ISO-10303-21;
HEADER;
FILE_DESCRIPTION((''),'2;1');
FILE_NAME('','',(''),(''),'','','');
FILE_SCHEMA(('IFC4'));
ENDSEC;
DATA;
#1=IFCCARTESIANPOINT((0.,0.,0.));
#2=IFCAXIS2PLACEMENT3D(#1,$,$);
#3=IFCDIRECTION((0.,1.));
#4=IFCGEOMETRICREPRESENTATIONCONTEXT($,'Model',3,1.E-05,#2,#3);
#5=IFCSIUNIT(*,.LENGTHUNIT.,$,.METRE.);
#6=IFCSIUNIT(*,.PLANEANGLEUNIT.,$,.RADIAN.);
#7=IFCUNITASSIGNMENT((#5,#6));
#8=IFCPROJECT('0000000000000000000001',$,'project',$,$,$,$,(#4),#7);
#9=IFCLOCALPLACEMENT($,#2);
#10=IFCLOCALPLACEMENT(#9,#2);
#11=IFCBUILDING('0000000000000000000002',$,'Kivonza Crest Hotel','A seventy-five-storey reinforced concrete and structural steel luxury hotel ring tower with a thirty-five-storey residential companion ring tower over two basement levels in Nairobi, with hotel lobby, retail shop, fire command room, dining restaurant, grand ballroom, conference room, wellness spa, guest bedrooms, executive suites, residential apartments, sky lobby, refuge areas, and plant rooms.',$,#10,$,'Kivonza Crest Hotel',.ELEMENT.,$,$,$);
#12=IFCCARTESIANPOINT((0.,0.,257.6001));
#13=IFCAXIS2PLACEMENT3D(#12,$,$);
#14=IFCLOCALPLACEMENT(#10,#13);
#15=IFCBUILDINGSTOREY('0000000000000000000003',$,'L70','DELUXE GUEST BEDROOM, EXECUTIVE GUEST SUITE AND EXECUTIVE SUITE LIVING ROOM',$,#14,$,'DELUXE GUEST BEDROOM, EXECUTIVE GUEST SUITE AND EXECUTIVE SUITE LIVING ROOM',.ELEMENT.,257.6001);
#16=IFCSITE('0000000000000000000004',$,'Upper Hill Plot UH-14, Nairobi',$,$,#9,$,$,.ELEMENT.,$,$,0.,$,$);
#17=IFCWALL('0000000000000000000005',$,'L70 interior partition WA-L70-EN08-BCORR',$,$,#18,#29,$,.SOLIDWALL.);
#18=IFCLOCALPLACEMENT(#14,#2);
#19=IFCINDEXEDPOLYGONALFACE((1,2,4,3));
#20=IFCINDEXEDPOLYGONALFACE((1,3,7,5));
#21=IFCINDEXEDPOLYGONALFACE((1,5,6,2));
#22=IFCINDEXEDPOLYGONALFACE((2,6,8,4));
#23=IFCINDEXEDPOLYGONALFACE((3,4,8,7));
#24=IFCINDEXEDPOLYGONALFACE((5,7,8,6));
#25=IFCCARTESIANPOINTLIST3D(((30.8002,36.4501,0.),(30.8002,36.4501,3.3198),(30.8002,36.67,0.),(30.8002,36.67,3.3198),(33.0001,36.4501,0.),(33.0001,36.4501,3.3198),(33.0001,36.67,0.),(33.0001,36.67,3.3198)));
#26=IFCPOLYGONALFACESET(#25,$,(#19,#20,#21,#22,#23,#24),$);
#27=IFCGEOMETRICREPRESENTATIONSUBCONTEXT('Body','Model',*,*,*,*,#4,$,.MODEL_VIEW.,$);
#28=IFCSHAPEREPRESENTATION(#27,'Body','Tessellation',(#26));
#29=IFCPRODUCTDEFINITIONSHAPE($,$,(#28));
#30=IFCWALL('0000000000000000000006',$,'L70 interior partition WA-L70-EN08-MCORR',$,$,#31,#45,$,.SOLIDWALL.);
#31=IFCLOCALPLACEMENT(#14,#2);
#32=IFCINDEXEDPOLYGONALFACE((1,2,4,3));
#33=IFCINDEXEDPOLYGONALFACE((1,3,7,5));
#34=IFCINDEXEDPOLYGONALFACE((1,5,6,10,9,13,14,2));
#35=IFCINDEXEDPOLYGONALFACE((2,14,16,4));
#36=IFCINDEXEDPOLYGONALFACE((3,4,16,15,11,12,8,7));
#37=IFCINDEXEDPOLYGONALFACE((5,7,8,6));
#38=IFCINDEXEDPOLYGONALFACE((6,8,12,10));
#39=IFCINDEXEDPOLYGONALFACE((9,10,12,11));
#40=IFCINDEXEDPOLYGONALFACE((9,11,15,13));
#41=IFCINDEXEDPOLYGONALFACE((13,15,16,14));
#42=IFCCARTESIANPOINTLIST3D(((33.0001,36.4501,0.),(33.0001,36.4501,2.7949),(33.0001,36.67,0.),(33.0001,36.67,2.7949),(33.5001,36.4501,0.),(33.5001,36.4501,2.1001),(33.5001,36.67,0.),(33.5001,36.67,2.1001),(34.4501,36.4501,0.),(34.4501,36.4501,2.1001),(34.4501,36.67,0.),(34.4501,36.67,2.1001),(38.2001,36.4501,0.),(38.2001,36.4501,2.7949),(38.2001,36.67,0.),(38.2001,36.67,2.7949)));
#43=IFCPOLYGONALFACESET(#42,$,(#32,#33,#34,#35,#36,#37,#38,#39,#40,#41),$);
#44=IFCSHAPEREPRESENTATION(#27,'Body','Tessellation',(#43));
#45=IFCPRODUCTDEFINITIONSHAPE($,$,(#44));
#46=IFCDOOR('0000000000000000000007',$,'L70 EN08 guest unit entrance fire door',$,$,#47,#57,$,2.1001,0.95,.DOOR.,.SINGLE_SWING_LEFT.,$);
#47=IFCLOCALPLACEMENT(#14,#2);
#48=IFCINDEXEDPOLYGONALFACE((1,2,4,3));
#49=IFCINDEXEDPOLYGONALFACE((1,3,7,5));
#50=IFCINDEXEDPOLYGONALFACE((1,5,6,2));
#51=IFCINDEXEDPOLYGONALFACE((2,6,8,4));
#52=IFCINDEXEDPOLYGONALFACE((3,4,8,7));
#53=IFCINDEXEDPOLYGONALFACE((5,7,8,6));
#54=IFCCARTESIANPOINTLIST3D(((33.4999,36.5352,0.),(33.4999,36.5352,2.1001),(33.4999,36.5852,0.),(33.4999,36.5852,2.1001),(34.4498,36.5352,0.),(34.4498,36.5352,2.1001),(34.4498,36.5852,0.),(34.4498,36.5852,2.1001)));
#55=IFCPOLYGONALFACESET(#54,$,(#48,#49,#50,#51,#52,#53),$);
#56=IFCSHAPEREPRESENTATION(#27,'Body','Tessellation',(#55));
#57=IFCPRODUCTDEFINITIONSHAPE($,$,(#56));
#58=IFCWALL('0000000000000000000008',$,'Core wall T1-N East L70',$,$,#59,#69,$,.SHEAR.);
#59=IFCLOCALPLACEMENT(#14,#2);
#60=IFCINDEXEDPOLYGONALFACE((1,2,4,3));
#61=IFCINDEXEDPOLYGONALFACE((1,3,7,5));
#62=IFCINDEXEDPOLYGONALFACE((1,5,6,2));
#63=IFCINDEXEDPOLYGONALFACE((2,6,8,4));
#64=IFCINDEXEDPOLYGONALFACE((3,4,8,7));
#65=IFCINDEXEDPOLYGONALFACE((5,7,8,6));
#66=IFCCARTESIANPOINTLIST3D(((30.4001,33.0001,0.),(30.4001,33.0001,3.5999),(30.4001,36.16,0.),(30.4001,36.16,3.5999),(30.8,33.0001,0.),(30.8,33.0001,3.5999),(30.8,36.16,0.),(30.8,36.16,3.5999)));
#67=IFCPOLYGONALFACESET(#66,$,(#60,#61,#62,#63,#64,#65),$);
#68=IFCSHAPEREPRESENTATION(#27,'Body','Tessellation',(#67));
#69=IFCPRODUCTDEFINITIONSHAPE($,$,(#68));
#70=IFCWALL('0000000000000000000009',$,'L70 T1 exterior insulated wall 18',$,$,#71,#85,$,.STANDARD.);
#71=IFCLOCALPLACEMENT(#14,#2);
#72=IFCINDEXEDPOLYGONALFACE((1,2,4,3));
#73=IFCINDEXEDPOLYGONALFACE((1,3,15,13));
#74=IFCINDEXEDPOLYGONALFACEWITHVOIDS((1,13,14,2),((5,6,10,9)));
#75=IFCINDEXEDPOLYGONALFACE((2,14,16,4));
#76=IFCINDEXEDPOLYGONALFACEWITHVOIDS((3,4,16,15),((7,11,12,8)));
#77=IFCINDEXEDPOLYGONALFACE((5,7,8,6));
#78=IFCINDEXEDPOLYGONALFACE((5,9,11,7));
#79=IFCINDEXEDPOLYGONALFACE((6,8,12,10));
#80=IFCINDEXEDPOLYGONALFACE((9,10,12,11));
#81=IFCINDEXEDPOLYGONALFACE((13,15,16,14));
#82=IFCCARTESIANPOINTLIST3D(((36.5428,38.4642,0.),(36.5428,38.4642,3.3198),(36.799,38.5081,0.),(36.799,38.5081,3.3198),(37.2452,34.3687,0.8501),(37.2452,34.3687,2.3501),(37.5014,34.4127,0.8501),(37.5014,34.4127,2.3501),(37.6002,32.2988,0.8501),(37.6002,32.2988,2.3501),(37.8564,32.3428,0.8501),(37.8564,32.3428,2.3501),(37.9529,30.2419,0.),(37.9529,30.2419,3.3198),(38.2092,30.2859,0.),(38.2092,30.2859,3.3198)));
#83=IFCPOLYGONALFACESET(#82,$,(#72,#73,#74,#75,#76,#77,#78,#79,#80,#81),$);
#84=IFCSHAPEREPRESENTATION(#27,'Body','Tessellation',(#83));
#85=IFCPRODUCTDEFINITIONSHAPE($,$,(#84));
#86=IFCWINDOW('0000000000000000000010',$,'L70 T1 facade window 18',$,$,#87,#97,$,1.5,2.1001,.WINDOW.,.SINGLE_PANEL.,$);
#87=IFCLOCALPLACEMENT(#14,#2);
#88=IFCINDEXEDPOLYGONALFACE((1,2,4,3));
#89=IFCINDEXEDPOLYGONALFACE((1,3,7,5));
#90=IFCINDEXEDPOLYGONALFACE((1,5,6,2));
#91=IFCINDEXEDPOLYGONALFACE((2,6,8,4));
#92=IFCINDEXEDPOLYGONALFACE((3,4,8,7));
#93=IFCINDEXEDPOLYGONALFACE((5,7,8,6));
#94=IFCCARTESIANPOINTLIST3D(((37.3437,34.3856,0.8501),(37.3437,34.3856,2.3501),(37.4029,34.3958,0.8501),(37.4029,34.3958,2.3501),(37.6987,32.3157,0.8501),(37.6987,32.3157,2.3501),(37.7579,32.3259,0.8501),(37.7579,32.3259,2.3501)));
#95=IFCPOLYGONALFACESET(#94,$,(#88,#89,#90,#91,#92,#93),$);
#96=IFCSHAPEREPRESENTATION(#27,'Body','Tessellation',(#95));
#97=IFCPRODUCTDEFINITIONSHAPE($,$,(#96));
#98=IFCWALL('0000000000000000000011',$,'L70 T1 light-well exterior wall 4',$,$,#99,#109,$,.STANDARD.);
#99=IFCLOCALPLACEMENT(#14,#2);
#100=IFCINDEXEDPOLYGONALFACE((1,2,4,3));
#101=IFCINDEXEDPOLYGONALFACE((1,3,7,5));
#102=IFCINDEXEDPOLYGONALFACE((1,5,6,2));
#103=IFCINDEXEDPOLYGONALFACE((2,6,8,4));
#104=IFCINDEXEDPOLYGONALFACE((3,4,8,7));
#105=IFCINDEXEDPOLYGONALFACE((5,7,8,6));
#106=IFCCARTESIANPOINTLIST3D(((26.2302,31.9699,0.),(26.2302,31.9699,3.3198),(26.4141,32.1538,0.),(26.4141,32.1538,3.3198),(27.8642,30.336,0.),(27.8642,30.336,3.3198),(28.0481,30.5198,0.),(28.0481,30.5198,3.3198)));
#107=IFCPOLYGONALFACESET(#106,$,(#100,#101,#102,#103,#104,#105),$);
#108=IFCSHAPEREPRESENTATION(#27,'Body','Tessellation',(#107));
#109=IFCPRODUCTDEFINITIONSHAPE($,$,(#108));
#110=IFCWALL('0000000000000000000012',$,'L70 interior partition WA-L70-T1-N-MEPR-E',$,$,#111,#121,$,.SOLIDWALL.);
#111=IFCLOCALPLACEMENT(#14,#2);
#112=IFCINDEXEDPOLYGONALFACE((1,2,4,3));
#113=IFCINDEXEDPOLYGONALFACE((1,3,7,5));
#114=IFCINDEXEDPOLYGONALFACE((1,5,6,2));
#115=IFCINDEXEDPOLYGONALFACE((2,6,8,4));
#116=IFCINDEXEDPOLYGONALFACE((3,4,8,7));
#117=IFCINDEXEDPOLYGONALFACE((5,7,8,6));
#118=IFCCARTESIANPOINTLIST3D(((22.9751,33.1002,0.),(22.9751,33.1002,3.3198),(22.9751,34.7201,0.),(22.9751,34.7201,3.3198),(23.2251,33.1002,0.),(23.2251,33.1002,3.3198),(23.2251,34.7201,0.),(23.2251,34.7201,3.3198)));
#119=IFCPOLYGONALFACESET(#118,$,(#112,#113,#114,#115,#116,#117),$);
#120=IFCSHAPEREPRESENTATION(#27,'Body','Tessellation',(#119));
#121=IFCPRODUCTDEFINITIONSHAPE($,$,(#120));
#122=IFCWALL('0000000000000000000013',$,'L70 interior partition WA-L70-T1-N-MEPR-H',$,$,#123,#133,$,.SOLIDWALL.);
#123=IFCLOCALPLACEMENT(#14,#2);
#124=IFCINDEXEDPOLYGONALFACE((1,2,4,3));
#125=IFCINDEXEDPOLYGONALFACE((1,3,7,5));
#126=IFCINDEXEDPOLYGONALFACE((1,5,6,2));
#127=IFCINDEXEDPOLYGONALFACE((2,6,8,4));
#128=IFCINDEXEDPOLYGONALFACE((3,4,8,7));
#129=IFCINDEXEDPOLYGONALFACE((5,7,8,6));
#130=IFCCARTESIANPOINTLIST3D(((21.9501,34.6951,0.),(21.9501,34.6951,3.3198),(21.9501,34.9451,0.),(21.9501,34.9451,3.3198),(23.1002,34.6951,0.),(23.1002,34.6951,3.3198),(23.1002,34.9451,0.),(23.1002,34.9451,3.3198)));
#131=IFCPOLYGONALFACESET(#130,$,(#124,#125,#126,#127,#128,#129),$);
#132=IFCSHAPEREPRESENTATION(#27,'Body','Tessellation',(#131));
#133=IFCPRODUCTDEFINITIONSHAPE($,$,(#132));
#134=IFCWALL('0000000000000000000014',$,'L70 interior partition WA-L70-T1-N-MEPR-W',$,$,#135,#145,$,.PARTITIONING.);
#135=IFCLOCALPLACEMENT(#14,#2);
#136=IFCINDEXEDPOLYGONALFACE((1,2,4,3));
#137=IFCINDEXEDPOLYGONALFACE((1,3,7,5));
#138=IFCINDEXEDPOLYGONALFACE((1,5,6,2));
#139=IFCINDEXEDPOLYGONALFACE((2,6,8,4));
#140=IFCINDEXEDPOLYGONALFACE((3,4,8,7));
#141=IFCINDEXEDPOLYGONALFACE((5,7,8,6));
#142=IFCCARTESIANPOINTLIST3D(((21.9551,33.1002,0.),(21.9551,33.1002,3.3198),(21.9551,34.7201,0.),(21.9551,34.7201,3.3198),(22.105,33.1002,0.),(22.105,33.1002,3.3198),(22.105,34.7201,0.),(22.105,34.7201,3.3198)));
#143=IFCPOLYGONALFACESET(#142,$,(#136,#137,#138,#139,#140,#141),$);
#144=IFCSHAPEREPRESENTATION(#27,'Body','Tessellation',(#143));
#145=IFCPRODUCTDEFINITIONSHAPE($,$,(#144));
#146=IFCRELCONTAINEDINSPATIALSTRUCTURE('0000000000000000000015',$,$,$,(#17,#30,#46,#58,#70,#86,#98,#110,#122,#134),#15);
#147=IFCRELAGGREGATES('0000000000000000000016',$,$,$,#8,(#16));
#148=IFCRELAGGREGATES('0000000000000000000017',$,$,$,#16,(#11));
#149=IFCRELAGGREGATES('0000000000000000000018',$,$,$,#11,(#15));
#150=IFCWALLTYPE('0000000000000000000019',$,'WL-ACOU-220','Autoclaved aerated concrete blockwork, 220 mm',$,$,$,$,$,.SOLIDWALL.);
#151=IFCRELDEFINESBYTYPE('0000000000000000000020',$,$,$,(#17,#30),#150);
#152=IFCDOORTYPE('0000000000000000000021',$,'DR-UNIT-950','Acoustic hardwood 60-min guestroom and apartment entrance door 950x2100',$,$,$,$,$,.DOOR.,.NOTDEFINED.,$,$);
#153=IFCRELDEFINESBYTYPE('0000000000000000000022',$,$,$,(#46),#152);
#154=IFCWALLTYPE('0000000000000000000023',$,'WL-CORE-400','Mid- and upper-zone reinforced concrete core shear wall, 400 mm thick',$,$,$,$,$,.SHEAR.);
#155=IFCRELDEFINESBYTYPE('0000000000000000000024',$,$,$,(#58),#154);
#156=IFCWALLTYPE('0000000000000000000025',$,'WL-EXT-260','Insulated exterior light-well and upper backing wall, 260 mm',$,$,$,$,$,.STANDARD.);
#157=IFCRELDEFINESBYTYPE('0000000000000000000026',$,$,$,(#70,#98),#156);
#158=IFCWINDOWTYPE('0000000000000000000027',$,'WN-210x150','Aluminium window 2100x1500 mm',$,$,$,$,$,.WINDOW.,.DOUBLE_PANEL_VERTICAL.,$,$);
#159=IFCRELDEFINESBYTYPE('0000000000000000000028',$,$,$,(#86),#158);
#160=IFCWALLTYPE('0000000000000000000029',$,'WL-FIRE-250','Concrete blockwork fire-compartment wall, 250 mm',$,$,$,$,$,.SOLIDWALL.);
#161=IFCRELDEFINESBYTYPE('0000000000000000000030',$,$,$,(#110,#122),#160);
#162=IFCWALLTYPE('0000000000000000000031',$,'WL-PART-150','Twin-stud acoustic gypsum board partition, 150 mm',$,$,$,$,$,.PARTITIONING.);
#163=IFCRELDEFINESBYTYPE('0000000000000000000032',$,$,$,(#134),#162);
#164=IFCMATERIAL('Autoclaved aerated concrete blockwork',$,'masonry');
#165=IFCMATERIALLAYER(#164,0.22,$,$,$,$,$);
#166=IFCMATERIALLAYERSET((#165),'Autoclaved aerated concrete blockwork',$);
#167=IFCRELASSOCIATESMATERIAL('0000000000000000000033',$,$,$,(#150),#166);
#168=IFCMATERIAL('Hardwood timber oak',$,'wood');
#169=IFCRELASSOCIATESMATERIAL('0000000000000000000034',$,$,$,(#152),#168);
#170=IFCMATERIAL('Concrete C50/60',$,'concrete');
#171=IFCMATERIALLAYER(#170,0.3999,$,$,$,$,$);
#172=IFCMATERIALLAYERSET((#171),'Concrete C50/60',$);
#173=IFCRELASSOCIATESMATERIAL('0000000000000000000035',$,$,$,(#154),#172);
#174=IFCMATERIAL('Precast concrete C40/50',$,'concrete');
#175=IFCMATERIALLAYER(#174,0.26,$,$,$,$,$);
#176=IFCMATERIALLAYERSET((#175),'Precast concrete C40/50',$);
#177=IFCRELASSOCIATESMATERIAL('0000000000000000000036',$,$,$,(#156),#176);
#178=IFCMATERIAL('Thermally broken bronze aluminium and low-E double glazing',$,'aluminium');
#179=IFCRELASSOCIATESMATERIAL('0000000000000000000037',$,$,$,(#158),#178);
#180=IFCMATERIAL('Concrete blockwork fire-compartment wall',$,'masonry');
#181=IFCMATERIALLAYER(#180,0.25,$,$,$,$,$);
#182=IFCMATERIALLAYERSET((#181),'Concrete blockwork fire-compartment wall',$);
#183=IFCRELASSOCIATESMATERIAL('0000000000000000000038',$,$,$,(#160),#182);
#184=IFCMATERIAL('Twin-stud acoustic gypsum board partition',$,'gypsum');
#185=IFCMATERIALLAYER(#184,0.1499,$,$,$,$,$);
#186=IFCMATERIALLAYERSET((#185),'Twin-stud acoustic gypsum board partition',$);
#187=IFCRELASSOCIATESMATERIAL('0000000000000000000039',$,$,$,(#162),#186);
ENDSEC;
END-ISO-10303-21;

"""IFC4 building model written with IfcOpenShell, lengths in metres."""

from ifc_helpers import new_model, si_unit, direction, frame, frame_2d, origin, place, context, subcontext, project, spatial, rectangle, extrude, material, layer, layer_set, type_object, element, fill, save


model = new_model("IFC4")

# Units and contexts
model_context = context("Model", 3, precision=1e-05, world=origin(), true_north=direction((0.0, 1.0)))
body_context = subcontext(model_context, "Body", "Model", "MODEL_VIEW")
ifc_project = project(units=[si_unit("LENGTHUNIT", "METRE"), si_unit("PLANEANGLEUNIT", "RADIAN")], contexts=[model_context])

# Site, building, storey
site_placement = place(None, origin())
site = spatial("IfcSite", under=ifc_project, at=site_placement, Name="Upper Hill Plot UH-14, Nairobi", CompositionType="ELEMENT", RefElevation=0.0)
building_placement = place(site_placement, origin())
building = spatial("IfcBuilding", under=site, at=building_placement, Name="Kivonza Crest Hotel", Description="A seventy-five-storey reinforced concrete and structural steel luxury hotel ring tower with a thirty-five-storey residential companion ring tower over two basement levels in Nairobi, with hotel lobby, retail shop, fire command room, dining restaurant, grand ballroom, conference room, wellness spa, guest bedrooms, executive suites, residential apartments, sky lobby, refuge areas, and plant rooms.", LongName="Kivonza Crest Hotel", CompositionType="ELEMENT")
storey_placement = place(building_placement, frame((0.0, 0.0, 257.6001)))
storey = spatial("IfcBuildingStorey", under=building, at=storey_placement, Name="L70", Description="DELUXE GUEST BEDROOM, EXECUTIVE GUEST SUITE AND EXECUTIVE SUITE LIVING ROOM", LongName="DELUXE GUEST BEDROOM, EXECUTIVE GUEST SUITE AND EXECUTIVE SUITE LIVING ROOM", CompositionType="ELEMENT", Elevation=257.6001)

# Shared definitions
ifc_material_1 = material(Name="Concrete C50/60", Category="concrete")

# Wall
ifc_material_2 = material(Name="Autoclaved aerated concrete blockwork", Category="masonry")
ifc_layer_1 = layer(ifc_material_2, 0.22)
ifc_layer_set_1 = layer_set([ifc_layer_1], Name="Autoclaved aerated concrete blockwork")
wall_type_1 = type_object("IfcWallType", Name="WL-ACOU-220", Description="Autoclaved aerated concrete blockwork, 220 mm", PredefinedType="SOLIDWALL", material=ifc_layer_set_1)
wall_1_placement = place(storey_placement, frame((30.8, 36.5601, 0.0), z_axis=(0.0, 0.0, 1.0), x_axis=(1.0, 0.0, 0.0)))
element("IfcWall", 1, at=wall_1_placement, inside=storey, type_object=wall_type_1, Name="L70 interior partition WA-L70-EN08-BCORR", PredefinedType="SOLIDWALL", context=body_context, shape_type="SweptSolid", body=[
    extrude(rectangle(XDim=2.2, YDim=0.22, at=frame_2d((1.1001, 0.0))), origin(), (0.0, 0.0, 1.0), 3.3198),
])

# Wall, opening, door
wall_2_placement = place(storey_placement, frame((33.0, 36.5601, 0.0), z_axis=(0.0, 0.0, 1.0), x_axis=(1.0, 0.0, 0.0)))
wall_2 = element("IfcWall", 2, at=wall_2_placement, inside=storey, type_object=wall_type_1, Name="L70 interior partition WA-L70-EN08-MCORR", PredefinedType="SOLIDWALL", context=body_context, shape_type="SweptSolid", body=[
    extrude(rectangle(XDim=5.2, YDim=0.22, at=frame_2d((2.6001, 0.0))), origin(), (0.0, 0.0, 1.0), 2.7949),
])
opening_1_placement = place(wall_2_placement, frame((0.5, 0.0, 0.0)))
opening_1 = element("IfcOpeningElement", 3, at=opening_1_placement, cuts=wall_2, PredefinedType="OPENING", context=body_context, shape_type="SweptSolid", body=[
    extrude(rectangle(XDim=0.95, YDim=2.1001, at=frame_2d((0.4751, 1.05))), frame((0.0, 0.1201, 0.0), z_axis=(0.0, -1.0, 0.0), x_axis=(1.0, 0.0, 0.0)), (0.0, 0.0, 1.0), 0.24),
])
ifc_material_3 = material(Name="Hardwood timber oak", Category="wood")
door_type_1 = type_object("IfcDoorType", Name="DR-UNIT-950", Description="Acoustic hardwood 60-min guestroom and apartment entrance door 950x2100", OperationType="NOTDEFINED", PredefinedType="DOOR", material=ifc_material_3)
door_1_placement = place(opening_1_placement, frame((0.95, 0.0, 0.0), z_axis=(0.0, 0.0, 1.0), x_axis=(-1.0, 0.0, 0.0)))
door_1 = element("IfcDoor", 4, at=door_1_placement, inside=storey, type_object=door_type_1, Name="L70 EN08 guest unit entrance fire door", OperationType="SINGLE_SWING_LEFT", OverallHeight=2.1001, OverallWidth=0.95, PredefinedType="DOOR", context=body_context, shape_type="SweptSolid", body=[
    extrude(rectangle(XDim=0.95, YDim=2.1001, at=frame_2d((0.4751, 1.05))), frame((0.0, 0.0249, 0.0), z_axis=(0.0, -1.0, 0.0), x_axis=(1.0, 0.0, 0.0)), (0.0, 0.0, 1.0), 0.05),
])
fill(opening_1, door_1)

# Wall
ifc_layer_2 = layer(ifc_material_1, 0.3999)
ifc_layer_set_2 = layer_set([ifc_layer_2], Name="Concrete C50/60")
wall_type_2 = type_object("IfcWallType", Name="WL-CORE-400", Description="Mid- and upper-zone reinforced concrete core shear wall, 400 mm thick", PredefinedType="SHEAR", material=ifc_layer_set_2)
wall_3_placement = place(storey_placement, frame((30.6001, 33.0, 0.0), z_axis=(0.0, 0.0, 1.0), x_axis=(0.0, 1.0, 0.0)))
element("IfcWall", 5, at=wall_3_placement, inside=storey, type_object=wall_type_2, Name="Core wall T1-N East L70", PredefinedType="SHEAR", context=body_context, shape_type="SweptSolid", body=[
    extrude(rectangle(XDim=3.1599, YDim=0.3999, at=frame_2d((1.5801, 0.0))), origin(), (0.0, 0.0, 1.0), 3.5999),
])

# Wall, opening, window
ifc_material_4 = material(Name="Precast concrete C40/50", Category="concrete")
ifc_layer_3 = layer(ifc_material_4, 0.26)
ifc_layer_set_3 = layer_set([ifc_layer_3], Name="Precast concrete C40/50")
wall_type_3 = type_object("IfcWallType", Name="WL-EXT-260", Description="Insulated exterior light-well and upper backing wall, 260 mm", PredefinedType="STANDARD", material=ifc_layer_set_3)
wall_4_placement = place(storey_placement, frame((38.0811, 30.2639, 0.0), z_axis=(0.0, 0.0, 1.0), x_axis=(-0.169039, 0.985609, 0.0)))
wall_4 = element("IfcWall", 6, at=wall_4_placement, inside=storey, type_object=wall_type_3, Name="L70 T1 exterior insulated wall 18", PredefinedType="STANDARD", context=body_context, shape_type="SweptSolid", body=[
    extrude(rectangle(XDim=8.3423, YDim=0.26, at=frame_2d((4.1711, 0.0))), origin(), (0.0, 0.0, 1.0), 3.3198),
])
opening_2_placement = place(wall_4_placement, frame((2.0869, 0.0, 0.8501)))
opening_2 = element("IfcOpeningElement", 7, at=opening_2_placement, cuts=wall_4, PredefinedType="OPENING", context=body_context, shape_type="SweptSolid", body=[
    extrude(rectangle(XDim=2.1001, YDim=1.5, at=frame_2d((1.05, 0.75))), frame((0.0, 0.1401, 0.0), z_axis=(0.0, -1.0, 0.0), x_axis=(1.0, 0.0, 0.0)), (0.0, 0.0, 1.0), 0.28),
])
ifc_material_5 = material(Name="Thermally broken bronze aluminium and low-E double glazing", Category="aluminium")
window_type = type_object("IfcWindowType", Name="WN-210x150", Description="Aluminium window 2100x1500 mm", PartitioningType="DOUBLE_PANEL_VERTICAL", PredefinedType="WINDOW", material=ifc_material_5)
window_placement = place(opening_2_placement, origin())
window = element("IfcWindow", 8, at=window_placement, inside=storey, type_object=window_type, Name="L70 T1 facade window 18", OverallHeight=1.5, OverallWidth=2.1001, PartitioningType="SINGLE_PANEL", PredefinedType="WINDOW", context=body_context, shape_type="SweptSolid", body=[
    extrude(rectangle(XDim=2.1001, YDim=1.5, at=frame_2d((1.05, 0.75))), frame((0.0, 0.03, 0.0), z_axis=(0.0, -1.0, 0.0), x_axis=(1.0, 0.0, 0.0)), (0.0, 0.0, 1.0), 0.0601),
])
fill(opening_2, window)

# Walls
wall_5_placement = place(storey_placement, frame((27.9561, 30.428, 0.0), z_axis=(0.0, 0.0, 1.0), x_axis=(-0.707107, 0.707107, 0.0)))
element("IfcWall", 9, at=wall_5_placement, inside=storey, type_object=wall_type_3, Name="L70 T1 light-well exterior wall 4", PredefinedType="STANDARD", context=body_context, shape_type="SweptSolid", body=[
    extrude(rectangle(XDim=2.3108, YDim=0.26, at=frame_2d((1.1553, 0.0))), origin(), (0.0, 0.0, 1.0), 3.3198),
])
ifc_material_6 = material(Name="Concrete blockwork fire-compartment wall", Category="masonry")
ifc_layer_4 = layer(ifc_material_6, 0.25)
ifc_layer_set_4 = layer_set([ifc_layer_4], Name="Concrete blockwork fire-compartment wall")
wall_type_4 = type_object("IfcWallType", Name="WL-FIRE-250", Description="Concrete blockwork fire-compartment wall, 250 mm", PredefinedType="SOLIDWALL", material=ifc_layer_set_4)
wall_6_placement = place(storey_placement, frame((23.1001, 33.1001, 0.0), z_axis=(0.0, 0.0, 1.0), x_axis=(0.0, 1.0, 0.0)))
element("IfcWall", 10, at=wall_6_placement, inside=storey, type_object=wall_type_4, Name="L70 interior partition WA-L70-T1-N-MEPR-E", PredefinedType="SOLIDWALL", context=body_context, shape_type="SweptSolid", body=[
    extrude(rectangle(XDim=1.6199, YDim=0.25, at=frame_2d((0.8101, 0.0))), origin(), (0.0, 0.0, 1.0), 3.3198),
])
wall_7_placement = place(storey_placement, frame((21.95, 34.8201, 0.0), z_axis=(0.0, 0.0, 1.0), x_axis=(1.0, 0.0, 0.0)))
element("IfcWall", 11, at=wall_7_placement, inside=storey, type_object=wall_type_4, Name="L70 interior partition WA-L70-T1-N-MEPR-H", PredefinedType="SOLIDWALL", context=body_context, shape_type="SweptSolid", body=[
    extrude(rectangle(XDim=1.1501, YDim=0.25, at=frame_2d((0.5752, 0.0))), origin(), (0.0, 0.0, 1.0), 3.3198),
])
ifc_material_7 = material(Name="Twin-stud acoustic gypsum board partition", Category="gypsum")
ifc_layer_5 = layer(ifc_material_7, 0.1499)
ifc_layer_set_5 = layer_set([ifc_layer_5], Name="Twin-stud acoustic gypsum board partition")
wall_type_5 = type_object("IfcWallType", Name="WL-PART-150", Description="Twin-stud acoustic gypsum board partition, 150 mm", PredefinedType="PARTITIONING", material=ifc_layer_set_5)
wall_8_placement = place(storey_placement, frame((22.03, 33.1001, 0.0), z_axis=(0.0, 0.0, 1.0), x_axis=(0.0, 1.0, 0.0)))
element("IfcWall", 12, at=wall_8_placement, inside=storey, type_object=wall_type_5, Name="L70 interior partition WA-L70-T1-N-MEPR-W", PredefinedType="PARTITIONING", context=body_context, shape_type="SweptSolid", body=[
    extrude(rectangle(XDim=1.6199, YDim=0.1499, at=frame_2d((0.8101, 0.0))), origin(), (0.0, 0.0, 1.0), 3.3198),
])

save(model, "model.ifc")
